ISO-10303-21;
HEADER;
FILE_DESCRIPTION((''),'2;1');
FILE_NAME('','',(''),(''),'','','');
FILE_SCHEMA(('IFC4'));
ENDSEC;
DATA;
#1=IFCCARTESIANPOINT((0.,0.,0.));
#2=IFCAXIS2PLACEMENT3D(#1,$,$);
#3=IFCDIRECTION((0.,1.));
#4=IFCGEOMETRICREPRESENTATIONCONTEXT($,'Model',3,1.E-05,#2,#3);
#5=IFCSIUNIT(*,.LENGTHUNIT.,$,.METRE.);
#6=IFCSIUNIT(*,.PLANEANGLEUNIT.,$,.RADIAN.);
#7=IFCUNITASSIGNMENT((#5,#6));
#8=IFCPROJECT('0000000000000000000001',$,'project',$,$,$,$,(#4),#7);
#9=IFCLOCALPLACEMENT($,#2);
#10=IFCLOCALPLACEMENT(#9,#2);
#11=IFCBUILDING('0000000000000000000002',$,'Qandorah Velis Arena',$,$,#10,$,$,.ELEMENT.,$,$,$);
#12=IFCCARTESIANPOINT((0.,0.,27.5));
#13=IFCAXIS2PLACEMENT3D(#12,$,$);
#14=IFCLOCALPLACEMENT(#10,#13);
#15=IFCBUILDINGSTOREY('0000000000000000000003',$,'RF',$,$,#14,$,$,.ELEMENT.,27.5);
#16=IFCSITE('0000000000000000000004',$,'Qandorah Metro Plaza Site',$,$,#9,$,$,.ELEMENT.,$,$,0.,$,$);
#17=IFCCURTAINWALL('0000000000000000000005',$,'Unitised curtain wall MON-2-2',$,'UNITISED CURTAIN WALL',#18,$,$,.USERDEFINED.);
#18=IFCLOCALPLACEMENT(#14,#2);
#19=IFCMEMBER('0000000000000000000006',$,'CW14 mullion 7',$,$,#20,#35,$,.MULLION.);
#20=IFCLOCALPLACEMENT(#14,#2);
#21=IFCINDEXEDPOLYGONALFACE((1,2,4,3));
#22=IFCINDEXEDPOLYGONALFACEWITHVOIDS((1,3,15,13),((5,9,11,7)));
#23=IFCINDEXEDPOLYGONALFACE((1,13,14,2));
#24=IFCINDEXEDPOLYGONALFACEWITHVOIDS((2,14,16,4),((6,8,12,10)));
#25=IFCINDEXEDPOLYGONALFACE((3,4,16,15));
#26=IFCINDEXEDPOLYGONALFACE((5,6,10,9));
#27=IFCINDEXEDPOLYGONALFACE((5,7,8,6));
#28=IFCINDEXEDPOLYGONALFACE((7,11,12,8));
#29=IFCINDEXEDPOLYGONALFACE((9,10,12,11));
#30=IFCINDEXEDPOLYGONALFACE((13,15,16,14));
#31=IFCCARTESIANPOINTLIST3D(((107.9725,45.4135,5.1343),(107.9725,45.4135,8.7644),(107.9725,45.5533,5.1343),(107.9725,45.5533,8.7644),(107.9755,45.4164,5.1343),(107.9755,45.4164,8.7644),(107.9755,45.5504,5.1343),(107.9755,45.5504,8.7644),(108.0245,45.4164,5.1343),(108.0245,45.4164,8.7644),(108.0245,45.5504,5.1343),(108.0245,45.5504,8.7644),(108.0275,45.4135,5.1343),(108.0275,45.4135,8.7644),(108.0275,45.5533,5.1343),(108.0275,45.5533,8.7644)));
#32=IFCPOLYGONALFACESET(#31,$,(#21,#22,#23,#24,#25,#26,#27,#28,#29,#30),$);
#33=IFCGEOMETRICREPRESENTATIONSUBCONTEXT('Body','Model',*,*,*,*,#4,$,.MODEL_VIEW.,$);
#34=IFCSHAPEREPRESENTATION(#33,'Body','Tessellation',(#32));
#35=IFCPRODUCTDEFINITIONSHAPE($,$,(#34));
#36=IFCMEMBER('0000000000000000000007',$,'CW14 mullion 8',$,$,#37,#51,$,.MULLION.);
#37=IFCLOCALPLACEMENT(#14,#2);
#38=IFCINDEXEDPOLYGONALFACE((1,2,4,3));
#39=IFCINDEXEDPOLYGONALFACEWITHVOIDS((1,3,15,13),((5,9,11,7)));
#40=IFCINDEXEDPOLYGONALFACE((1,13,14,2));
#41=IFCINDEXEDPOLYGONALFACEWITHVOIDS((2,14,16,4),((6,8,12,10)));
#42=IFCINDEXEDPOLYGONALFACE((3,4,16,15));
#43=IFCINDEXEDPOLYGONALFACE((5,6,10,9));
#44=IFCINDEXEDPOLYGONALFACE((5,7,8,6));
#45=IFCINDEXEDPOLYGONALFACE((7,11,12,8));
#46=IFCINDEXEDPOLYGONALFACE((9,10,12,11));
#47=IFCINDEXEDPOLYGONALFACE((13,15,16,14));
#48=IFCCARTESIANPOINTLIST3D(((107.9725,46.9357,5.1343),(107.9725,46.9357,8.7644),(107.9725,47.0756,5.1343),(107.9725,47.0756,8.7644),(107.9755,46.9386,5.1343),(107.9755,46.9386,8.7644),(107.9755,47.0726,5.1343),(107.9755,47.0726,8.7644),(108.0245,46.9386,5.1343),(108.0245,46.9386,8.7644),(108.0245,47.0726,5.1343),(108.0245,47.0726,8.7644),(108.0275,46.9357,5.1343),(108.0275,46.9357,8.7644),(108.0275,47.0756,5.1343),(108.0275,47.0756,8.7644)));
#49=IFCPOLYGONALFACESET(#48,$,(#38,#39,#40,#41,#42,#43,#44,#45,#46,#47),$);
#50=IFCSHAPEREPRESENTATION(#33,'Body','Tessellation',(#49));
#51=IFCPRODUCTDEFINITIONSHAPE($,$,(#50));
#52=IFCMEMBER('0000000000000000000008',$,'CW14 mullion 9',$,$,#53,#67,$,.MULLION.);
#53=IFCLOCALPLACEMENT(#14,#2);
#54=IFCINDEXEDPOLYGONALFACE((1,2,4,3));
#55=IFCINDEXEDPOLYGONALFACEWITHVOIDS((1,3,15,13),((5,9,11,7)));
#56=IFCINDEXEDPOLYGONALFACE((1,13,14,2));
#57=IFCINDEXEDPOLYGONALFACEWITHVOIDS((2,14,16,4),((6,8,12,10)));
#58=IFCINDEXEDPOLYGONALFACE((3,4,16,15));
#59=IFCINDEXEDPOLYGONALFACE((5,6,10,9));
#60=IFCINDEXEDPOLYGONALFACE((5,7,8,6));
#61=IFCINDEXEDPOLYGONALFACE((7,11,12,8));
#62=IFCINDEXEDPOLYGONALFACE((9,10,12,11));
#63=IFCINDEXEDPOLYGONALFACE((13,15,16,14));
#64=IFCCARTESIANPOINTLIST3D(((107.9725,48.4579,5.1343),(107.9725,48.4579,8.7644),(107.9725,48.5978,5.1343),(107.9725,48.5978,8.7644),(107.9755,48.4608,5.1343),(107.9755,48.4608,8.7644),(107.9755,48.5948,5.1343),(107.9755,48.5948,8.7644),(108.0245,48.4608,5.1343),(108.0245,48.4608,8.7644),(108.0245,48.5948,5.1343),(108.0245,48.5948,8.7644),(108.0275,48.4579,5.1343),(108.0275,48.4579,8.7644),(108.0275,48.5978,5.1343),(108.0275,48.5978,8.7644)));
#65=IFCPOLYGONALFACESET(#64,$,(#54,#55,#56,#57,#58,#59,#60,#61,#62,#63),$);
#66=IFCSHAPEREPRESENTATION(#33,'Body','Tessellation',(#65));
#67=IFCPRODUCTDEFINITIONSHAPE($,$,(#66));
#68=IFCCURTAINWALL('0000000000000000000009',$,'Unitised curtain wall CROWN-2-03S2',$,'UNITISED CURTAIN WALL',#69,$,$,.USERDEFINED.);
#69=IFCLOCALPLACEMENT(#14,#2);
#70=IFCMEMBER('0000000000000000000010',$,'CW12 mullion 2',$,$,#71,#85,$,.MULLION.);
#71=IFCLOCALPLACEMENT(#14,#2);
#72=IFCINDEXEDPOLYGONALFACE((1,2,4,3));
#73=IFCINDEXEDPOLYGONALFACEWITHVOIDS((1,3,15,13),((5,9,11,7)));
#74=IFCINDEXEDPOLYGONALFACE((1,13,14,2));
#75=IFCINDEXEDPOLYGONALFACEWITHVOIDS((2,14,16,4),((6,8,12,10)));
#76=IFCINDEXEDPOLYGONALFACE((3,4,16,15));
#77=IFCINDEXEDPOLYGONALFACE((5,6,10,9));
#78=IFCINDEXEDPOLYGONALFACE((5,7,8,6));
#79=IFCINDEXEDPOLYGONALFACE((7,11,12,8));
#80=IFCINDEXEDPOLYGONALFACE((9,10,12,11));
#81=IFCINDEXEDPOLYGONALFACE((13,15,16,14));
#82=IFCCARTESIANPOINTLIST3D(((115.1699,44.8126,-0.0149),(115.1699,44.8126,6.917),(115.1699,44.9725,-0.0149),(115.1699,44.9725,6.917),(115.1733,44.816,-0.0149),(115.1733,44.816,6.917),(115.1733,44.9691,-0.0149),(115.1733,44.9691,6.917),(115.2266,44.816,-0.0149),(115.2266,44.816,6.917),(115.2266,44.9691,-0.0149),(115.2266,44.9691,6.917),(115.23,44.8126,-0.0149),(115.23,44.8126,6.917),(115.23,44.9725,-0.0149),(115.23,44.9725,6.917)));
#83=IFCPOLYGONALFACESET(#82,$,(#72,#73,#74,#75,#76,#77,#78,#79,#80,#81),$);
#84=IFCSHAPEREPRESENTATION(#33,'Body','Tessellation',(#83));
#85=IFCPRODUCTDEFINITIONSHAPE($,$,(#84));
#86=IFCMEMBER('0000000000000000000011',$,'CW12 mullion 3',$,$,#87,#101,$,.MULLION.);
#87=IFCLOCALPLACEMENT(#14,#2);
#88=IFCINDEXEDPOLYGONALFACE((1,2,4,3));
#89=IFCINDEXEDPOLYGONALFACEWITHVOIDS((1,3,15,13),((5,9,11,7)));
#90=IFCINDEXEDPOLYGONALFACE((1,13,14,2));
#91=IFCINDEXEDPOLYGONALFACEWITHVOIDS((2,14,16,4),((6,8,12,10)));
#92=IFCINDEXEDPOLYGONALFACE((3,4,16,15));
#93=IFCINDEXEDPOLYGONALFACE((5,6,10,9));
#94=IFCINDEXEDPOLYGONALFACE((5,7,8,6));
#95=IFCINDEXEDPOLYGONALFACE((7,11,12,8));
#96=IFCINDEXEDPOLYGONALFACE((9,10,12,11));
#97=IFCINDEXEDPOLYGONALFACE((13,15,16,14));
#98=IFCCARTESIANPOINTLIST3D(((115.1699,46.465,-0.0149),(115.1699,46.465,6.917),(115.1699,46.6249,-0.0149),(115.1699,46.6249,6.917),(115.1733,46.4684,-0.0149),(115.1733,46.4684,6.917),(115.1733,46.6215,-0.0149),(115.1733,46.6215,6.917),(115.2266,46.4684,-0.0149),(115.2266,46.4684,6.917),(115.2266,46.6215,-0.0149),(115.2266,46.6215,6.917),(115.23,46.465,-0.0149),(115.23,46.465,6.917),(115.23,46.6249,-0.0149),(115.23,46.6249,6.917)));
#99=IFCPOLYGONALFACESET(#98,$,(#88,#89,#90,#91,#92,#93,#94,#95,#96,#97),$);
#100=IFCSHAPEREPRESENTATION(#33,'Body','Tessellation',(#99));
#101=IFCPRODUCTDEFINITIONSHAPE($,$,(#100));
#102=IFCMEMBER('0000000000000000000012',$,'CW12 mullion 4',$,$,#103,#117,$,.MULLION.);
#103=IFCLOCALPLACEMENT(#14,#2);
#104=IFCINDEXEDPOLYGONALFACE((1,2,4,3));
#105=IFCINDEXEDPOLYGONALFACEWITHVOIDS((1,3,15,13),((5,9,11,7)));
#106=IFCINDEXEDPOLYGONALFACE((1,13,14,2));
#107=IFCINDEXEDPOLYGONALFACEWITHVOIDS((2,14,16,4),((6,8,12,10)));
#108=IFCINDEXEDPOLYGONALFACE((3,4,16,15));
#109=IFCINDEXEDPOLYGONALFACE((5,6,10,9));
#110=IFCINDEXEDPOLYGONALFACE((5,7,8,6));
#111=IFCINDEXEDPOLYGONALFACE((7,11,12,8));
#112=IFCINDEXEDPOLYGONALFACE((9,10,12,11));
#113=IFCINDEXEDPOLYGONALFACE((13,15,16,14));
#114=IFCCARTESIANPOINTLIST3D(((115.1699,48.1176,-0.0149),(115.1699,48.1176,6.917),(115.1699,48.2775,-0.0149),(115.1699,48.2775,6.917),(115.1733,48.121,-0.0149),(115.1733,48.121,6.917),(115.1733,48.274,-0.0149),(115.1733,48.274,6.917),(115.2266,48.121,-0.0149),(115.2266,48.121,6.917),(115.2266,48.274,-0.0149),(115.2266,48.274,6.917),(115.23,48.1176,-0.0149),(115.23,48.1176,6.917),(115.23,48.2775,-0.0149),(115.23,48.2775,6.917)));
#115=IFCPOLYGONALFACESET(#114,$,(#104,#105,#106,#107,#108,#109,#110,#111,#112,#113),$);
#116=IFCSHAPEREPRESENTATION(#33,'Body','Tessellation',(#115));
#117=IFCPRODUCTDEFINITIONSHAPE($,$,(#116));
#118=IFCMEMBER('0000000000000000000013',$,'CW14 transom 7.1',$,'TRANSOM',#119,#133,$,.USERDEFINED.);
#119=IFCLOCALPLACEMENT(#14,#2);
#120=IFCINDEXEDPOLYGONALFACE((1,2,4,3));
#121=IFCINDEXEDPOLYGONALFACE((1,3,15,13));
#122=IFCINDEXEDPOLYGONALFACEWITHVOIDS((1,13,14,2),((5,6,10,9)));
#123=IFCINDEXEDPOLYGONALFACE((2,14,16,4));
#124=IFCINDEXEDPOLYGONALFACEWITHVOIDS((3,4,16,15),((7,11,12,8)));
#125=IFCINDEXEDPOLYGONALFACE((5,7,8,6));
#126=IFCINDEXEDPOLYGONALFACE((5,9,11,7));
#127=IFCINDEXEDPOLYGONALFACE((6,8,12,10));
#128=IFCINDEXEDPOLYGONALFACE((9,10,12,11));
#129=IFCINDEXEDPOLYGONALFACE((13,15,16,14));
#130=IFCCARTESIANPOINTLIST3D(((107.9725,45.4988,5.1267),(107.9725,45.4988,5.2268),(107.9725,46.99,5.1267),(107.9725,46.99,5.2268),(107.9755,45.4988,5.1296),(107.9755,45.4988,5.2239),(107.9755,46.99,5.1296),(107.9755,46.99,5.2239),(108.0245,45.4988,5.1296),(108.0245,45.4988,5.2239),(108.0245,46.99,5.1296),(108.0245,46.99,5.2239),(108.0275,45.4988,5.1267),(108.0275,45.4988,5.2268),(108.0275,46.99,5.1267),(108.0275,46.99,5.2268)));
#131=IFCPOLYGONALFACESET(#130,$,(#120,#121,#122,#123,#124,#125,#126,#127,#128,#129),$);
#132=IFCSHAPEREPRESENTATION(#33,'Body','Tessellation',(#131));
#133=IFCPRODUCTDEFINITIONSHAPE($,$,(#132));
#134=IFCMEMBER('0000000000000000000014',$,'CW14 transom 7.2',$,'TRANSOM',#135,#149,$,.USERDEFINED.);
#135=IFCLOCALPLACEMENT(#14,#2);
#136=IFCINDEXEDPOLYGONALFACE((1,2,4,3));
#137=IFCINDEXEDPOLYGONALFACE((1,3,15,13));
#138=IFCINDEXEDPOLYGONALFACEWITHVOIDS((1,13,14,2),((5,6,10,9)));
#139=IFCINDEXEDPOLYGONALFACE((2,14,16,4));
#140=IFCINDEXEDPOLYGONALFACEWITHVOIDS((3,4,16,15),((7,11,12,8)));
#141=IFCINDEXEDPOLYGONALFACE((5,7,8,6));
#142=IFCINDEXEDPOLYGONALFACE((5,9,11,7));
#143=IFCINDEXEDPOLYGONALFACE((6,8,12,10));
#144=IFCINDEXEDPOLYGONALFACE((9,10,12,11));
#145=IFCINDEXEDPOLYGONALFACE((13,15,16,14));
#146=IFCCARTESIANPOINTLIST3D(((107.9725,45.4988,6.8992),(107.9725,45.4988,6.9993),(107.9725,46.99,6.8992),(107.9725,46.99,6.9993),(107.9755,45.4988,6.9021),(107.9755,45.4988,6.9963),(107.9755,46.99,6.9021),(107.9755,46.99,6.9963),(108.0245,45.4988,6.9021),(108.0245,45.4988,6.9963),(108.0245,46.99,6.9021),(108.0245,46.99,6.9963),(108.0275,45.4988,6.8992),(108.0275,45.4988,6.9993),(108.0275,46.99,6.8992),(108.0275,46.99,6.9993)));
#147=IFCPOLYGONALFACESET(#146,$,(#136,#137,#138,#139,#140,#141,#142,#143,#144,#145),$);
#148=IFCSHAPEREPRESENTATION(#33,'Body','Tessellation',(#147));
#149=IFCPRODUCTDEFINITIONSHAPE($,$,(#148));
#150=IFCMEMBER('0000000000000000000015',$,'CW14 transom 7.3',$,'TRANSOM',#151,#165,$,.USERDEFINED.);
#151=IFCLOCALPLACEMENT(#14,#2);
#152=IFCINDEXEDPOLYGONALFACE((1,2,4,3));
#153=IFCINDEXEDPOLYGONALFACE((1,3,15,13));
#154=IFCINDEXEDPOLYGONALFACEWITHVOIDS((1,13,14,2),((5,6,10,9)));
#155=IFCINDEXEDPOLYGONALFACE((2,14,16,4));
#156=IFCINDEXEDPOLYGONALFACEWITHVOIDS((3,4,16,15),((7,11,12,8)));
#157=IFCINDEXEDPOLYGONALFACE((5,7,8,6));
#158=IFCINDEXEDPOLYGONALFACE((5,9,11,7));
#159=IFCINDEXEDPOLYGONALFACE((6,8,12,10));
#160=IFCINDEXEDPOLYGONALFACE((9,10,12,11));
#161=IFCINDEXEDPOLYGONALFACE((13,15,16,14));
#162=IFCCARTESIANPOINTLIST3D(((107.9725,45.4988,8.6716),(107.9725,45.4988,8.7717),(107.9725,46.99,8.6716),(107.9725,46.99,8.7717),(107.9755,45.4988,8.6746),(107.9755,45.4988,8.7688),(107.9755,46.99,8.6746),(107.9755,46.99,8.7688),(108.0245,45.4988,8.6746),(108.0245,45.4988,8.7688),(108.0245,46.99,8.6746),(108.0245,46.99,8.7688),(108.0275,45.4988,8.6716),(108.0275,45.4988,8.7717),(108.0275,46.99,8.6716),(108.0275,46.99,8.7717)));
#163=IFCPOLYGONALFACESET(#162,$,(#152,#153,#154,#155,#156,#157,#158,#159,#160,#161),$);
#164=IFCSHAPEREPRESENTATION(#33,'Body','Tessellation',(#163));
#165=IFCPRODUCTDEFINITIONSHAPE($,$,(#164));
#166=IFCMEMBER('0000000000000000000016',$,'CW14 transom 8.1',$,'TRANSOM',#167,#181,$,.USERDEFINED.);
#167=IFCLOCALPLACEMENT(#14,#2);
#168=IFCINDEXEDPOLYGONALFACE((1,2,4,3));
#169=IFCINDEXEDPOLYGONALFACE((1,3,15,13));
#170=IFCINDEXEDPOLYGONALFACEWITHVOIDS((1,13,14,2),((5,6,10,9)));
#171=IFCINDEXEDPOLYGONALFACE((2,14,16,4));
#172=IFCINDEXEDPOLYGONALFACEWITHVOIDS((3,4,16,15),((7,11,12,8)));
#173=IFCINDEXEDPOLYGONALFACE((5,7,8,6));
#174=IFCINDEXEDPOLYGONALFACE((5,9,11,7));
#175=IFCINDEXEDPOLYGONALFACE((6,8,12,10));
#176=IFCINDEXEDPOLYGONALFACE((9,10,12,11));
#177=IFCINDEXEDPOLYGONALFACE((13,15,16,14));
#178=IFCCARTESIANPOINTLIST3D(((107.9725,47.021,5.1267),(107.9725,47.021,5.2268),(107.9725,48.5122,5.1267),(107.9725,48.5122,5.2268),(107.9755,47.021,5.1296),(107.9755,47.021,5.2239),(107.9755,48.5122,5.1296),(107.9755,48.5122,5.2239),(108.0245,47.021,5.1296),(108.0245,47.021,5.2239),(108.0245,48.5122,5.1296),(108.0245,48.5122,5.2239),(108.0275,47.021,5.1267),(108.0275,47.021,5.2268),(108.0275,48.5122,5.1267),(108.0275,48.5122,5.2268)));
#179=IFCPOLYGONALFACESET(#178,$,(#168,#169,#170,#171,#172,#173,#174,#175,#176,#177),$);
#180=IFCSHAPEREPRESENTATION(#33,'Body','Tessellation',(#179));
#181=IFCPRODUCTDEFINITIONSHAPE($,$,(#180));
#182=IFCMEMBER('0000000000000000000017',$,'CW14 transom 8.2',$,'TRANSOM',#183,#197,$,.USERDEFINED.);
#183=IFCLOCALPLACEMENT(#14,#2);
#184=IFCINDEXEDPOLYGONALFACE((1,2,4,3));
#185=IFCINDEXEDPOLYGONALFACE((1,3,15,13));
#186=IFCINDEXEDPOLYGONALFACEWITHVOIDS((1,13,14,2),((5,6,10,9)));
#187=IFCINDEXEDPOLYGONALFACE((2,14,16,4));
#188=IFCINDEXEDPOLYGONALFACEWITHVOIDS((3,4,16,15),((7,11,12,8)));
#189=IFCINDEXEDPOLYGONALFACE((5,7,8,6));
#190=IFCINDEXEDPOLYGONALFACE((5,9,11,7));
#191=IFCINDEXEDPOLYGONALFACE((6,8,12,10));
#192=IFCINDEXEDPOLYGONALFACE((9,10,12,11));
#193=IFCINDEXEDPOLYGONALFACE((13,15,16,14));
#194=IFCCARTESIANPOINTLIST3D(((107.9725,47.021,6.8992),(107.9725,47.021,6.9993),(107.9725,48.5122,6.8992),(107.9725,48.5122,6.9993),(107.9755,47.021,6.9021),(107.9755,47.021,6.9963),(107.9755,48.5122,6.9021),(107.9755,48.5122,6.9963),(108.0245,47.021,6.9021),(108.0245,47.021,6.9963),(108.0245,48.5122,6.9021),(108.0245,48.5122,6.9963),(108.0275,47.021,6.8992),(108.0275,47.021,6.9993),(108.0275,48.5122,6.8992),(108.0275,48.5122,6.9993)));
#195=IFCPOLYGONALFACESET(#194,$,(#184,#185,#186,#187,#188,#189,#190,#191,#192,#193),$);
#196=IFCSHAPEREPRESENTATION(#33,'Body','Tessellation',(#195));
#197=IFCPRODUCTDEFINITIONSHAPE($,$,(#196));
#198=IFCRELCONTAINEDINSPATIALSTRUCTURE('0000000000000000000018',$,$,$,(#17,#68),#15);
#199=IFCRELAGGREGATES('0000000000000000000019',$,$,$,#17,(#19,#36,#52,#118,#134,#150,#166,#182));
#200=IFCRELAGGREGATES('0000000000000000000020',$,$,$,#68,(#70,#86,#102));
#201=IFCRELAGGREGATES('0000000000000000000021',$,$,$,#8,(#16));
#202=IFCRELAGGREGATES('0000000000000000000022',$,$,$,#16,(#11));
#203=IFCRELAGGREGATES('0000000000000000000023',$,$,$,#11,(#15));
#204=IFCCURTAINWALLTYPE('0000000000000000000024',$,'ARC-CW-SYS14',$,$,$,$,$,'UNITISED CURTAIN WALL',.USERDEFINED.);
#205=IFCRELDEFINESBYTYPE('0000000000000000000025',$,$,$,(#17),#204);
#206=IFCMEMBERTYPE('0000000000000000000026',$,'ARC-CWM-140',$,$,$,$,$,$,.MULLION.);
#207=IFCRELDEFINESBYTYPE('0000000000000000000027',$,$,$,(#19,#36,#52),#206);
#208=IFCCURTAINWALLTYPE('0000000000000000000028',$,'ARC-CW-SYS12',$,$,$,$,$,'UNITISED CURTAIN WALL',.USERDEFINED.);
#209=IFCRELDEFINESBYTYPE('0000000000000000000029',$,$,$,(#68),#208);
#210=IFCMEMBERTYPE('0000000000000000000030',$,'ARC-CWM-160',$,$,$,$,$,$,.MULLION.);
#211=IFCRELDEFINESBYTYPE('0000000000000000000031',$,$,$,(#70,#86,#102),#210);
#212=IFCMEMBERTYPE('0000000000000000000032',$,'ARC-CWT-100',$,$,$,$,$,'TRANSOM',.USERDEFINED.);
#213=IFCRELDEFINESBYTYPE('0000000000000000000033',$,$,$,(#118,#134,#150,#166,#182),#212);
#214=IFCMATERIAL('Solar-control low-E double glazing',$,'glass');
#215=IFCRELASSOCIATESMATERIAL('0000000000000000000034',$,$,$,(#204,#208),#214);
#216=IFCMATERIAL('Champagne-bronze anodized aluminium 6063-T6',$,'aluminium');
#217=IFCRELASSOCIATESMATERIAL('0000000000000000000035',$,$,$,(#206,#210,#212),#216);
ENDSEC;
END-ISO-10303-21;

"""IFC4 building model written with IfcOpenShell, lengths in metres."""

from ifc_helpers import new_model, si_unit, direction, frame, origin, origin_2d, place, context, subcontext, project, spatial, hollow_rectangle, extrude, material, material_profile, profile_set, type_object, element, aggregate, save


model = new_model("IFC4")

# Units and contexts
model_context = context("Model", 3, precision=1e-05, world=origin(), true_north=direction((0.0, 1.0)))
body_context = subcontext(model_context, "Body", "Model", "MODEL_VIEW")
ifc_project = project(units=[si_unit("LENGTHUNIT", "METRE"), si_unit("PLANEANGLEUNIT", "RADIAN")], contexts=[model_context])

# Site, building, storey
site_placement = place(None, origin())
site = spatial("IfcSite", under=ifc_project, at=site_placement, Name="Qandorah Metro Plaza Site", CompositionType="ELEMENT", RefElevation=0.0)
building_placement = place(site_placement, origin())
building = spatial("IfcBuilding", under=site, at=building_placement, Name="Qandorah Velis Arena", CompositionType="ELEMENT")
storey_placement = place(building_placement, frame((0.0, 0.0, 27.5)))
storey = spatial("IfcBuildingStorey", under=building, at=storey_placement, Name="RF", CompositionType="ELEMENT", Elevation=27.5)

# Curtain walls, members
ifc_material_1 = material(Name="Solar-control low-E double glazing", Category="glass")
curtain_wall_type_1 = type_object("IfcCurtainWallType", Name="ARC-CW-SYS14", ElementType="UNITISED CURTAIN WALL", PredefinedType="USERDEFINED", material=ifc_material_1)
curtain_wall_1_placement = place(storey_placement, origin())
curtain_wall_1 = element("IfcCurtainWall", 1, at=curtain_wall_1_placement, inside=storey, type_object=curtain_wall_type_1, Name="Unitised curtain wall MON-2-2", ObjectType="UNITISED CURTAIN WALL", PredefinedType="USERDEFINED")
ifc_material_2 = material(Name="Champagne-bronze anodized aluminium 6063-T6", Category="aluminium")
ifc_material_profile_1 = material_profile(ifc_material_2, hollow_rectangle(XDim=0.0549, YDim=0.1399, WallThickness=0.0029, at=origin_2d()), Name="ALU MULLION 55x140")
ifc_profile_set_1 = profile_set([ifc_material_profile_1], Name="Champagne-bronze anodized aluminium 6063-T6")
member_type_1 = type_object("IfcMemberType", Name="ARC-CWM-140", PredefinedType="MULLION", material=ifc_profile_set_1)
member_1_placement = place(storey_placement, frame((108.0, 45.4834, 5.1343), z_axis=(0.0, 0.0, 1.0), x_axis=(-1.0, 0.0, 0.0)))
member_1 = element("IfcMember", 2, at=member_1_placement, type_object=member_type_1, Name="CW14 mullion 7", PredefinedType="MULLION", context=body_context, shape_type="SweptSolid", body=[
    extrude(hollow_rectangle(XDim=0.0549, YDim=0.1399, WallThickness=0.0029, at=origin_2d()), origin(), (0.0, 0.0, 1.0), 3.6301),
])
member_2_placement = place(storey_placement, frame((108.0, 47.0056, 5.1343), z_axis=(0.0, 0.0, 1.0), x_axis=(-1.0, 0.0, 0.0)))
member_2 = element("IfcMember", 3, at=member_2_placement, type_object=member_type_1, Name="CW14 mullion 8", PredefinedType="MULLION", context=body_context, shape_type="SweptSolid", body=[
    extrude(hollow_rectangle(XDim=0.0549, YDim=0.1399, WallThickness=0.0029, at=origin_2d()), origin(), (0.0, 0.0, 1.0), 3.6301),
])
member_3_placement = place(storey_placement, frame((108.0, 48.5278, 5.1343), z_axis=(0.0, 0.0, 1.0), x_axis=(-1.0, 0.0, 0.0)))
member_3 = element("IfcMember", 4, at=member_3_placement, type_object=member_type_1, Name="CW14 mullion 9", PredefinedType="MULLION", context=body_context, shape_type="SweptSolid", body=[
    extrude(hollow_rectangle(XDim=0.0549, YDim=0.1399, WallThickness=0.0029, at=origin_2d()), origin(), (0.0, 0.0, 1.0), 3.6301),
])
curtain_wall_type_2 = type_object("IfcCurtainWallType", Name="ARC-CW-SYS12", ElementType="UNITISED CURTAIN WALL", PredefinedType="USERDEFINED", material=ifc_material_1)
curtain_wall_2_placement = place(storey_placement, origin())
curtain_wall_2 = element("IfcCurtainWall", 5, at=curtain_wall_2_placement, inside=storey, type_object=curtain_wall_type_2, Name="Unitised curtain wall CROWN-2-03S2", ObjectType="UNITISED CURTAIN WALL", PredefinedType="USERDEFINED")
ifc_material_profile_2 = material_profile(ifc_material_2, hollow_rectangle(XDim=0.0601, YDim=0.1599, WallThickness=0.0034, at=origin_2d()), Name="ALU MULLION 60x160")
ifc_profile_set_2 = profile_set([ifc_material_profile_2], Name="Champagne-bronze anodized aluminium 6063-T6")
member_type_2 = type_object("IfcMemberType", Name="ARC-CWM-160", PredefinedType="MULLION", material=ifc_profile_set_2)
member_4_placement = place(storey_placement, frame((115.2, 44.8926, -0.0149), z_axis=(0.0, 0.0, 1.0), x_axis=(-1.0, 0.0, 0.0)))
member_4 = element("IfcMember", 6, at=member_4_placement, type_object=member_type_2, Name="CW12 mullion 2", PredefinedType="MULLION", context=body_context, shape_type="SweptSolid", body=[
    extrude(hollow_rectangle(XDim=0.0601, YDim=0.1599, WallThickness=0.0034, at=origin_2d()), origin(), (0.0, 0.0, 1.0), 6.9319),
])
member_5_placement = place(storey_placement, frame((115.2, 46.5449, -0.0149), z_axis=(0.0, 0.0, 1.0), x_axis=(-1.0, 0.0, 0.0)))
member_5 = element("IfcMember", 7, at=member_5_placement, type_object=member_type_2, Name="CW12 mullion 3", PredefinedType="MULLION", context=body_context, shape_type="SweptSolid", body=[
    extrude(hollow_rectangle(XDim=0.0601, YDim=0.1599, WallThickness=0.0034, at=origin_2d()), origin(), (0.0, 0.0, 1.0), 6.9319),
])
member_6_placement = place(storey_placement, frame((115.2, 48.1975, -0.0149), z_axis=(0.0, 0.0, 1.0), x_axis=(-1.0, 0.0, 0.0)))
member_6 = element("IfcMember", 8, at=member_6_placement, type_object=member_type_2, Name="CW12 mullion 4", PredefinedType="MULLION", context=body_context, shape_type="SweptSolid", body=[
    extrude(hollow_rectangle(XDim=0.0601, YDim=0.1599, WallThickness=0.0034, at=origin_2d()), origin(), (0.0, 0.0, 1.0), 6.9319),
])

# Members
ifc_material_profile_3 = material_profile(ifc_material_2, hollow_rectangle(XDim=0.0549, YDim=0.1001, WallThickness=0.0029, at=origin_2d()), Name="ALU TRANSOM 55x100")
ifc_profile_set_3 = profile_set([ifc_material_profile_3], Name="Champagne-bronze anodized aluminium 6063-T6")
member_type_3 = type_object("IfcMemberType", Name="ARC-CWT-100", ElementType="TRANSOM", PredefinedType="USERDEFINED", material=ifc_profile_set_3)
member_7_placement = place(storey_placement, frame((108.0, 45.4988, 5.1768), z_axis=(0.0, 1.0, 0.0), x_axis=(-1.0, 0.0, 0.0)))
member_7 = element("IfcMember", 9, at=member_7_placement, type_object=member_type_3, Name="CW14 transom 7.1", ObjectType="TRANSOM", PredefinedType="USERDEFINED", context=body_context, shape_type="SweptSolid", body=[
    extrude(hollow_rectangle(XDim=0.0549, YDim=0.1001, WallThickness=0.0029, at=origin_2d()), origin(), (0.0, 0.0, 1.0), 1.4912),
])
member_8_placement = place(storey_placement, frame((108.0, 45.4988, 6.9492), z_axis=(0.0, 1.0, 0.0), x_axis=(-1.0, 0.0, 0.0)))
member_8 = element("IfcMember", 10, at=member_8_placement, type_object=member_type_3, Name="CW14 transom 7.2", ObjectType="TRANSOM", PredefinedType="USERDEFINED", context=body_context, shape_type="SweptSolid", body=[
    extrude(hollow_rectangle(XDim=0.0549, YDim=0.1001, WallThickness=0.0029, at=origin_2d()), origin(), (0.0, 0.0, 1.0), 1.4912),
])
member_9_placement = place(storey_placement, frame((108.0, 45.4988, 8.7217), z_axis=(0.0, 1.0, 0.0), x_axis=(-1.0, 0.0, 0.0)))
member_9 = element("IfcMember", 11, at=member_9_placement, type_object=member_type_3, Name="CW14 transom 7.3", ObjectType="TRANSOM", PredefinedType="USERDEFINED", context=body_context, shape_type="SweptSolid", body=[
    extrude(hollow_rectangle(XDim=0.0549, YDim=0.1001, WallThickness=0.0029, at=origin_2d()), origin(), (0.0, 0.0, 1.0), 1.4912),
])
member_10_placement = place(storey_placement, frame((108.0, 47.021, 5.1768), z_axis=(0.0, 1.0, 0.0), x_axis=(-1.0, 0.0, 0.0)))
member_10 = element("IfcMember", 12, at=member_10_placement, type_object=member_type_3, Name="CW14 transom 8.1", ObjectType="TRANSOM", PredefinedType="USERDEFINED", context=body_context, shape_type="SweptSolid", body=[
    extrude(hollow_rectangle(XDim=0.0549, YDim=0.1001, WallThickness=0.0029, at=origin_2d()), origin(), (0.0, 0.0, 1.0), 1.4912),
])
member_11_placement = place(storey_placement, frame((108.0, 47.021, 6.9492), z_axis=(0.0, 1.0, 0.0), x_axis=(-1.0, 0.0, 0.0)))
member_11 = element("IfcMember", 13, at=member_11_placement, type_object=member_type_3, Name="CW14 transom 8.2", ObjectType="TRANSOM", PredefinedType="USERDEFINED", context=body_context, shape_type="SweptSolid", body=[
    extrude(hollow_rectangle(XDim=0.0549, YDim=0.1001, WallThickness=0.0029, at=origin_2d()), origin(), (0.0, 0.0, 1.0), 1.4912),
])

aggregate(curtain_wall_1, [member_1, member_2, member_3, member_7, member_8, member_9, member_10, member_11])
aggregate(curtain_wall_2, [member_4, member_5, member_6])

save(model, "model.ifc")
